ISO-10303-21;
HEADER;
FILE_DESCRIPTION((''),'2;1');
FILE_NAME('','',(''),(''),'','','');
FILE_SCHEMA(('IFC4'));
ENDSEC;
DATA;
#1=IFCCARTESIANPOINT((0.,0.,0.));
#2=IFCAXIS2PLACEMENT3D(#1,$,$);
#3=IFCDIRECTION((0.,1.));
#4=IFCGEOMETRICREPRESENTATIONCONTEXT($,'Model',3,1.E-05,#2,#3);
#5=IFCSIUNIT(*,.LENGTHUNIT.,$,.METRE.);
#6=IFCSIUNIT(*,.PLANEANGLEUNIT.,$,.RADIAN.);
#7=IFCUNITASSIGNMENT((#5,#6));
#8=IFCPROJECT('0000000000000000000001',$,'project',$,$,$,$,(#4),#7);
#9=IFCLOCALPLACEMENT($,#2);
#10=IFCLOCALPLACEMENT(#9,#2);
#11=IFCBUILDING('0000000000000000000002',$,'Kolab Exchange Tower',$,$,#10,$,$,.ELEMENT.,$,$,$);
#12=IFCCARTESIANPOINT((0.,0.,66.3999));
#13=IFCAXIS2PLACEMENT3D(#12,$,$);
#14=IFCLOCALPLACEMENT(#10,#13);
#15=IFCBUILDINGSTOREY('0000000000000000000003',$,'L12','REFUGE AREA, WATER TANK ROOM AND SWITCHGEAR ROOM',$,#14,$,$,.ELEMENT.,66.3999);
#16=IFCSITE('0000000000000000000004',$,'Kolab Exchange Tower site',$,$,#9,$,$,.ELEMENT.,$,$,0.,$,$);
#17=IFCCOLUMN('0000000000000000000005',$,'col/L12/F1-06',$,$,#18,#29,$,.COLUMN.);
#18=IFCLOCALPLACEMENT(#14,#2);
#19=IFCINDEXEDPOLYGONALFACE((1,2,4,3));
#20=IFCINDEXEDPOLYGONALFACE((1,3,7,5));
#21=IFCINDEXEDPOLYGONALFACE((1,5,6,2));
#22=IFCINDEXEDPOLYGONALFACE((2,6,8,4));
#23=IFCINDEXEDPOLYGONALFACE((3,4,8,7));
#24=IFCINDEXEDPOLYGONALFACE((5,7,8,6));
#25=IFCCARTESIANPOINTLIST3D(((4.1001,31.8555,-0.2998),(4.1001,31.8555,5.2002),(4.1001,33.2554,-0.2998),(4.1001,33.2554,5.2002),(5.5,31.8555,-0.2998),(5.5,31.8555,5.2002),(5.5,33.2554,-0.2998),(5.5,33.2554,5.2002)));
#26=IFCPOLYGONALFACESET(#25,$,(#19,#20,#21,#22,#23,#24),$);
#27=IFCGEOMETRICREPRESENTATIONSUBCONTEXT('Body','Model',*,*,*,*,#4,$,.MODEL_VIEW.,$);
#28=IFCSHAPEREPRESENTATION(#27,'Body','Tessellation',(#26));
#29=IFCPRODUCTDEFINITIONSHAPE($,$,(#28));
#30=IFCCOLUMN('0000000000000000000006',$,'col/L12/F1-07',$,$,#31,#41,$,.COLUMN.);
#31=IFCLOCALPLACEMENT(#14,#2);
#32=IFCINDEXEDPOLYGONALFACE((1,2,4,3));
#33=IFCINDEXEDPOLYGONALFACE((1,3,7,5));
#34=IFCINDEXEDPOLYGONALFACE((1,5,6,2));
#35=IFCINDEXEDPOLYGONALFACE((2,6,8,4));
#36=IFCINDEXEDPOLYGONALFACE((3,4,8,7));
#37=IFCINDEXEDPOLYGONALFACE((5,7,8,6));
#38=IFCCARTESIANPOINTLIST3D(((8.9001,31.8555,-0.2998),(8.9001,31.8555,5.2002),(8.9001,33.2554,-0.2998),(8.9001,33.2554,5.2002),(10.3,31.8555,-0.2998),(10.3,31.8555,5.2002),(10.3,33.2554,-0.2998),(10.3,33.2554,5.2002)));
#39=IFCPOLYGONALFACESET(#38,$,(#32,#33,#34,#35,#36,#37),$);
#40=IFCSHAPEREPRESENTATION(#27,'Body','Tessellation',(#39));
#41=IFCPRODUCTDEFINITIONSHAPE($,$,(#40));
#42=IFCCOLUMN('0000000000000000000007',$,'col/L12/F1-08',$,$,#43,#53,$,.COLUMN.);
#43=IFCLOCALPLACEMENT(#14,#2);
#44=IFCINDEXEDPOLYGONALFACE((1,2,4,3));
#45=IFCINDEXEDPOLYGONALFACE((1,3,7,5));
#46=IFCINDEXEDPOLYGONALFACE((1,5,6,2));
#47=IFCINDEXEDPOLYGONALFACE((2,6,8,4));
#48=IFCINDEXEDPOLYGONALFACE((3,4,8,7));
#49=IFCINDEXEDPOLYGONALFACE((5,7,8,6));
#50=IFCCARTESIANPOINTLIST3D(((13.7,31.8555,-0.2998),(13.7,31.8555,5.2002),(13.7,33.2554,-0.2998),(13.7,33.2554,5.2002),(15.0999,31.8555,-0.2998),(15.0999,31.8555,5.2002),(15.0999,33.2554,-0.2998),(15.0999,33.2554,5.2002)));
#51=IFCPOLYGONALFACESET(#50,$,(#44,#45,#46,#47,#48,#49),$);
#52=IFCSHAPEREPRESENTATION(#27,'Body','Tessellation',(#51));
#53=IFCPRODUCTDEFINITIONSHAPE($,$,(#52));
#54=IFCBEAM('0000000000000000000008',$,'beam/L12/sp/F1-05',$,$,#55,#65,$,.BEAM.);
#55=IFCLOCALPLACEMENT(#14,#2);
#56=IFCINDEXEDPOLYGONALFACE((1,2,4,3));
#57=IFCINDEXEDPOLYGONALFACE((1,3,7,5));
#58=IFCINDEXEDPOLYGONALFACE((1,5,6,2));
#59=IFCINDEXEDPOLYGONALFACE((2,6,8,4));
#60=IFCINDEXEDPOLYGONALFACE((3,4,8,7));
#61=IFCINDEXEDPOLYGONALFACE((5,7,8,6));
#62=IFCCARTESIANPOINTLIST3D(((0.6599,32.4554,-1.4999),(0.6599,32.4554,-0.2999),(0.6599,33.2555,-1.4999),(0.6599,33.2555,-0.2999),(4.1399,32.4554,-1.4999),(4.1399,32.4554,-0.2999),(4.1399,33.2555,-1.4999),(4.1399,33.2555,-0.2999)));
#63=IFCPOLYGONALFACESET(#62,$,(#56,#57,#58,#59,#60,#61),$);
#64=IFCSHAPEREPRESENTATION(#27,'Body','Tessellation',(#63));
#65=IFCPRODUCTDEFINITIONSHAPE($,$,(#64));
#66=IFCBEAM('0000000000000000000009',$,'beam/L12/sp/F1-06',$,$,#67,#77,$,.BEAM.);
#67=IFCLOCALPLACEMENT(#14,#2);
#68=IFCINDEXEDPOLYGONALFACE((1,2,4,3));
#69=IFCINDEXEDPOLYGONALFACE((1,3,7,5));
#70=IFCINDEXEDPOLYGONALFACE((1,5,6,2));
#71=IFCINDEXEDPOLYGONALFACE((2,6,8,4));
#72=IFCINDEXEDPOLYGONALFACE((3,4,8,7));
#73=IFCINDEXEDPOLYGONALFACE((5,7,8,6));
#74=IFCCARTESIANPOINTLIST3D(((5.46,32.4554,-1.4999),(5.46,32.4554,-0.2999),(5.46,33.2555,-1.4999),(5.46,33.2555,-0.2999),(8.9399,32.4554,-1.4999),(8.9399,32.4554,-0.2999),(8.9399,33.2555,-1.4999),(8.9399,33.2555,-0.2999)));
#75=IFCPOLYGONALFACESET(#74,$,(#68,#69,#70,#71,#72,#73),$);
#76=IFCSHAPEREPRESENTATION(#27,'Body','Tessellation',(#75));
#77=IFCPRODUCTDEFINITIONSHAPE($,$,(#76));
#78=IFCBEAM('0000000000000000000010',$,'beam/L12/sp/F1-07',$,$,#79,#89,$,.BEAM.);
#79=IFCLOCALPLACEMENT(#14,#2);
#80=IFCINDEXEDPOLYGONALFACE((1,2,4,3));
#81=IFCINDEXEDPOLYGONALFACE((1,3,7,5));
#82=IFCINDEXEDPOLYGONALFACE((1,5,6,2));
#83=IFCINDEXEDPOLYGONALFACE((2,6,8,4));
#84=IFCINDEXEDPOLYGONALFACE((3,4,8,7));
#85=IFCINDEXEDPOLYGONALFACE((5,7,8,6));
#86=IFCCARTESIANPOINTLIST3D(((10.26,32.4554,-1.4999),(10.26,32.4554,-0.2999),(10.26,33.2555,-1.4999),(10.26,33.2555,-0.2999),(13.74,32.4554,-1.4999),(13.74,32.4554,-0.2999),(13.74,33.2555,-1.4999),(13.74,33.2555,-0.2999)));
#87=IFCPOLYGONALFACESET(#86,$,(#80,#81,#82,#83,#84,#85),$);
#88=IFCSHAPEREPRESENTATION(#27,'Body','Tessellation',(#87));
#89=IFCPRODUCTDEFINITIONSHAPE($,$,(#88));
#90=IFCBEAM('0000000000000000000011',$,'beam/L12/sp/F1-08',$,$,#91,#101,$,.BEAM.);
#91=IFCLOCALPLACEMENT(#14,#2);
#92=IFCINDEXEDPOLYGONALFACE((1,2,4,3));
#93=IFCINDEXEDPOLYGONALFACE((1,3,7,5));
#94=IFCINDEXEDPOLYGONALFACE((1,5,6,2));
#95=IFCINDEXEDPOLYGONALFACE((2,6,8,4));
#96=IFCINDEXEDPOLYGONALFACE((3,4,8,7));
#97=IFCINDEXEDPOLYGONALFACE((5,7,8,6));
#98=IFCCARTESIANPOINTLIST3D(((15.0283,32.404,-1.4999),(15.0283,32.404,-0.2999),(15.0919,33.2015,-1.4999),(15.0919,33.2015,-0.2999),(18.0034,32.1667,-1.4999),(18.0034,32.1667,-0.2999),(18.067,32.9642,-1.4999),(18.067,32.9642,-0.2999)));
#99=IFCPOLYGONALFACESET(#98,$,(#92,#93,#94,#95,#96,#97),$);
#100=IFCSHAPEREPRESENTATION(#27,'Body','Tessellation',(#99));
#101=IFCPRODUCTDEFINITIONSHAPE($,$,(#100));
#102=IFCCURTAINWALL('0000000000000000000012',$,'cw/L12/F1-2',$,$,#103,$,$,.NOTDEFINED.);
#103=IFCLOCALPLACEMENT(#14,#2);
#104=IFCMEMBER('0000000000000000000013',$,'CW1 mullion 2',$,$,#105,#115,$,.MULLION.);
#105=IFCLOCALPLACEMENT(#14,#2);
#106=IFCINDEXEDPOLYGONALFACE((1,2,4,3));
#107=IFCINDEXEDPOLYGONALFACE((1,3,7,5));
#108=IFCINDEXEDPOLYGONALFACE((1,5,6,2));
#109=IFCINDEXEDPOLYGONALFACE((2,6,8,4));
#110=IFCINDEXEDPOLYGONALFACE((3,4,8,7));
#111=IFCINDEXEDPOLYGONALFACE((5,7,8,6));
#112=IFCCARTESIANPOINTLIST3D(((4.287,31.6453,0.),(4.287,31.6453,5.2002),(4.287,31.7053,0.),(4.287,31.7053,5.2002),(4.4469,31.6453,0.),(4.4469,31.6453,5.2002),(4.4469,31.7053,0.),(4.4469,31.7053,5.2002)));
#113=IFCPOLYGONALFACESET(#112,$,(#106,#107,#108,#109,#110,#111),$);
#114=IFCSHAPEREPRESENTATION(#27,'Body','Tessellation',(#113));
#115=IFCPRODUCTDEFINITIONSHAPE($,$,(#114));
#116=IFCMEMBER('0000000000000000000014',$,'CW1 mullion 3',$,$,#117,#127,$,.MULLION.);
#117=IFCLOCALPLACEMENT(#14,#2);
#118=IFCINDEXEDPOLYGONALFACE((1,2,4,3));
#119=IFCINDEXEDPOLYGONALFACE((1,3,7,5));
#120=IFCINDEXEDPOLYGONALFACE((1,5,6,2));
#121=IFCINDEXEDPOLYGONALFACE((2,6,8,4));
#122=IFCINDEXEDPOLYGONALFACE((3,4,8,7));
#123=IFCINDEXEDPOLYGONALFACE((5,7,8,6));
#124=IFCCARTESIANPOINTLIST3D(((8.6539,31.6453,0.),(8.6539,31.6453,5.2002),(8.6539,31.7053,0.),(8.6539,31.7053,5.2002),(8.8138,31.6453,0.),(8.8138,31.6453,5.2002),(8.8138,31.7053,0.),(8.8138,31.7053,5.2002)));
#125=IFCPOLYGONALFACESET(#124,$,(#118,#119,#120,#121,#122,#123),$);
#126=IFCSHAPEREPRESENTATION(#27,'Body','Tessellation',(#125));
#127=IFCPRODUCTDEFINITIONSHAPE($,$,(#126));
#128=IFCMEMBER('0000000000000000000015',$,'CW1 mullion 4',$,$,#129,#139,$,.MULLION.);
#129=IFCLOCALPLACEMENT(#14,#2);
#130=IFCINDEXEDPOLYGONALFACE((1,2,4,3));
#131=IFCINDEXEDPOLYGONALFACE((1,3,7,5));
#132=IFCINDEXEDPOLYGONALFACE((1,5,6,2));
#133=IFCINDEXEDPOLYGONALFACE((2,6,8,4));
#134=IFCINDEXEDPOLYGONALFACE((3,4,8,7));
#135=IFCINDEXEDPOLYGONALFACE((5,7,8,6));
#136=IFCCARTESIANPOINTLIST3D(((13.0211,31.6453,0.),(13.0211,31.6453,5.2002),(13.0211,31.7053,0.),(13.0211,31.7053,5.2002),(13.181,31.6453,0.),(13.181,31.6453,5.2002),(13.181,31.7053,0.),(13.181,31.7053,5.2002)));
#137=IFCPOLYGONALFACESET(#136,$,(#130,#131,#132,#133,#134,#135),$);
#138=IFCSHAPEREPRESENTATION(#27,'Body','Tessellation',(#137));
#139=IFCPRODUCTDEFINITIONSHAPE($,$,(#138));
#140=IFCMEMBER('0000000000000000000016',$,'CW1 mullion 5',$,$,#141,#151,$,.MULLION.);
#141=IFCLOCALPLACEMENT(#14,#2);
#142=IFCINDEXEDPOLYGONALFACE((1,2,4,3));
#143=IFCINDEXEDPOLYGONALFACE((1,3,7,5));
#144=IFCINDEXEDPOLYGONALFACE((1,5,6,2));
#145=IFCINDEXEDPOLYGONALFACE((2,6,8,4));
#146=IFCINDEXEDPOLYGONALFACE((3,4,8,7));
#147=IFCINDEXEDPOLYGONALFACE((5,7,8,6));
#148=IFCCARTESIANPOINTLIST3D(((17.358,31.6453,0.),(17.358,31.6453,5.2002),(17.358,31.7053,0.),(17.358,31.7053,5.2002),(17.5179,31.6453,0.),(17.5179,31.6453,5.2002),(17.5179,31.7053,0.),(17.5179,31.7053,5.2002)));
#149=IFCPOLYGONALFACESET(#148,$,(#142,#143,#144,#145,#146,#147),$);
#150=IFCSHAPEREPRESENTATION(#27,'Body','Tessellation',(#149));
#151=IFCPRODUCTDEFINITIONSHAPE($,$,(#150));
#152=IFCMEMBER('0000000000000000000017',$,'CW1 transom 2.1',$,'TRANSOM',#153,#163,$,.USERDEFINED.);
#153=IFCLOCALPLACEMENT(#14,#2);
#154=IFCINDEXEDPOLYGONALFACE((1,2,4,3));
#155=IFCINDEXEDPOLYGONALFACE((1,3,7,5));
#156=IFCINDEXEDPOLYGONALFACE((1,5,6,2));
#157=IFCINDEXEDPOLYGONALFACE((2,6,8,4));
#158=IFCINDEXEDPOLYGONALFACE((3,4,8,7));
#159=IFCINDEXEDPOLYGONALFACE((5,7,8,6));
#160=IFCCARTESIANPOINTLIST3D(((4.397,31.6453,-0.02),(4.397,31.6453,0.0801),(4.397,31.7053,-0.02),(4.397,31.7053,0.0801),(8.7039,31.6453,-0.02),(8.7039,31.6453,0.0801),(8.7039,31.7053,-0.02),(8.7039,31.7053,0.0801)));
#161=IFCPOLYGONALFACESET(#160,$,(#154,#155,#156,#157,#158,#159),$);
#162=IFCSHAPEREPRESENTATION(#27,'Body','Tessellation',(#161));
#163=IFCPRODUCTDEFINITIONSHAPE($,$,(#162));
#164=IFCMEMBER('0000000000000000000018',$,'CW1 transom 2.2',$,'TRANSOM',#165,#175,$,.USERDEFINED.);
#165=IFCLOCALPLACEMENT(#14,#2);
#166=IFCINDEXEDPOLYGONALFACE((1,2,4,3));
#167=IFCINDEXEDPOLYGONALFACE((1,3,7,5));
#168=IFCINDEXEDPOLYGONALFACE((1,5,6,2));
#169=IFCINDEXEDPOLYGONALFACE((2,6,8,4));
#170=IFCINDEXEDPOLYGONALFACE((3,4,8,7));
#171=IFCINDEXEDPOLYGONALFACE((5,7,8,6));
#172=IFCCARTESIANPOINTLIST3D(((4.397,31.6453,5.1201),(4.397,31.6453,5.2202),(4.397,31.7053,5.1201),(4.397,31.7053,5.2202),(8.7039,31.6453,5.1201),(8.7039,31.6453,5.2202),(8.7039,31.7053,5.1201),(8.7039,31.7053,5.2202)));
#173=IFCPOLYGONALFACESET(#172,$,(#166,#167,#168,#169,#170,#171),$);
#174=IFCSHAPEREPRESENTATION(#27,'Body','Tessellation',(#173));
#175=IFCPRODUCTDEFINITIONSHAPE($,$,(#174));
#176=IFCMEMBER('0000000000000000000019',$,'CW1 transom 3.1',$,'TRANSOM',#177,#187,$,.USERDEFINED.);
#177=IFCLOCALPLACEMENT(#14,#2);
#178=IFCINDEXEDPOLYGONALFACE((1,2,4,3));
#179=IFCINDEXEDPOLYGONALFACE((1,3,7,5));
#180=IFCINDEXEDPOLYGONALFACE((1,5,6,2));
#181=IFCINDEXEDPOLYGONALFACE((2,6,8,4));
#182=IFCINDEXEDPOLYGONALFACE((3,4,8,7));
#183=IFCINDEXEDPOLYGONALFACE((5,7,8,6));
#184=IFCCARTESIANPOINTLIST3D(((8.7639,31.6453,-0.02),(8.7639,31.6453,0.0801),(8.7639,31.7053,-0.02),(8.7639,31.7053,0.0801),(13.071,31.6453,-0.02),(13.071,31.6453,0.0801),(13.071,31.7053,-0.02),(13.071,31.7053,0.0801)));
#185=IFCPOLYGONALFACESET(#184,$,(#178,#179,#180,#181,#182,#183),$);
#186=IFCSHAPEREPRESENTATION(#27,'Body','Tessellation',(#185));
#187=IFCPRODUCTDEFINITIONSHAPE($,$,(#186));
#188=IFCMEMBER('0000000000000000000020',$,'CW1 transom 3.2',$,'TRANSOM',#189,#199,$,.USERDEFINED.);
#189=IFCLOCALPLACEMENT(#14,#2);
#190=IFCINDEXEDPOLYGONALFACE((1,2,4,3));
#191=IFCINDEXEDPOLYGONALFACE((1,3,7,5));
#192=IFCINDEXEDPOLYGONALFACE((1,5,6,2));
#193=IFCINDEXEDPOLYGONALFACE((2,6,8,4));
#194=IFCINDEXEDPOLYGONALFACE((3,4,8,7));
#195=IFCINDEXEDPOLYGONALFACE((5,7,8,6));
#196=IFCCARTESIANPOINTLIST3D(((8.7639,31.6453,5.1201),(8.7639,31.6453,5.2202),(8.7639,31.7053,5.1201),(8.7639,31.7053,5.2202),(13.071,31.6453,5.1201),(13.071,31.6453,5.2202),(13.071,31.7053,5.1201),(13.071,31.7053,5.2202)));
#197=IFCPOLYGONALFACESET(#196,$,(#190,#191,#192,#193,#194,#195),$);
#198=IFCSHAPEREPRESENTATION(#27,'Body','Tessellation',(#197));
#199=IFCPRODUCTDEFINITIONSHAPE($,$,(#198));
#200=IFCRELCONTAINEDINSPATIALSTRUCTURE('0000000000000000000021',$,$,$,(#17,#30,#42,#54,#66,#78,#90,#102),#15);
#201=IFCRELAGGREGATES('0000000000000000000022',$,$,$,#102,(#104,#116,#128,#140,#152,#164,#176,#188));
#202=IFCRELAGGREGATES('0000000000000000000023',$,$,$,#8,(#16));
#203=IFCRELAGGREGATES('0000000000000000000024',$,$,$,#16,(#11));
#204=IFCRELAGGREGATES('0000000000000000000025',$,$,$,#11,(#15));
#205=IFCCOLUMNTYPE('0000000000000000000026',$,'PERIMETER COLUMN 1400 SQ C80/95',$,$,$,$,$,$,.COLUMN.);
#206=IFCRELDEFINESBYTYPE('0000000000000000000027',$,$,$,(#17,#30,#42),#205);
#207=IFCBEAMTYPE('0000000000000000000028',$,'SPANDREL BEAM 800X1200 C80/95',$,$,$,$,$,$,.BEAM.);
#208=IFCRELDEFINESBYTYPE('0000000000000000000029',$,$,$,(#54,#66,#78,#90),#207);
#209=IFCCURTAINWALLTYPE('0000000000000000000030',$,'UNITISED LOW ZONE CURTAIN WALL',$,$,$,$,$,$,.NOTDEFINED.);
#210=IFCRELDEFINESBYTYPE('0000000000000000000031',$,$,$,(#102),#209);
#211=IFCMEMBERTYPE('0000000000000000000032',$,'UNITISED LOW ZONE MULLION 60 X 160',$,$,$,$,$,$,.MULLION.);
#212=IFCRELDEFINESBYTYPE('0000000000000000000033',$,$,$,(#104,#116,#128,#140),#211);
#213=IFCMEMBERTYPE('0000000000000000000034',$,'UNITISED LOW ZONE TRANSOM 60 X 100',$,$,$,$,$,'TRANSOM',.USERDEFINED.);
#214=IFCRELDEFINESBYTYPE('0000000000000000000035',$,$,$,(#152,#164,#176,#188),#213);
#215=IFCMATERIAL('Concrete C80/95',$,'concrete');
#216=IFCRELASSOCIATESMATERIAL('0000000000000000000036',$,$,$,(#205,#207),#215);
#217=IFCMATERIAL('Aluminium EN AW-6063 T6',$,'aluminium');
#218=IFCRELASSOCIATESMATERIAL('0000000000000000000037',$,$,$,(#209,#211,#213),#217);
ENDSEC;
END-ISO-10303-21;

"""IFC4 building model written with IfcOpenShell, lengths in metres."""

from ifc_helpers import new_model, si_unit, direction, frame, origin, origin_2d, place, context, subcontext, project, spatial, rectangle, extrude, material, material_profile, profile_set, type_object, element, aggregate, save


model = new_model("IFC4")

# Units and contexts
model_context = context("Model", 3, precision=1e-05, world=origin(), true_north=direction((0.0, 1.0)))
body_context = subcontext(model_context, "Body", "Model", "MODEL_VIEW")
ifc_project = project(units=[si_unit("LENGTHUNIT", "METRE"), si_unit("PLANEANGLEUNIT", "RADIAN")], contexts=[model_context])

# Site, building, storey
site_placement = place(None, origin())
site = spatial("IfcSite", under=ifc_project, at=site_placement, Name="Kolab Exchange Tower site", CompositionType="ELEMENT", RefElevation=0.0)
building_placement = place(site_placement, origin())
building = spatial("IfcBuilding", under=site, at=building_placement, Name="Kolab Exchange Tower", CompositionType="ELEMENT")
storey_placement = place(building_placement, frame((0.0, 0.0, 66.3999)))
storey = spatial("IfcBuildingStorey", under=building, at=storey_placement, Name="L12", Description="REFUGE AREA, WATER TANK ROOM AND SWITCHGEAR ROOM", CompositionType="ELEMENT", Elevation=66.3999)

# Columns
ifc_material_1 = material(Name="Concrete C80/95", Category="concrete")
ifc_material_profile_1 = material_profile(ifc_material_1, rectangle(XDim=1.3999, YDim=1.3999, at=origin_2d()), Name="RC1400")
ifc_profile_set_1 = profile_set([ifc_material_profile_1], Name="Concrete C80/95")
column_type = type_object("IfcColumnType", Name="PERIMETER COLUMN 1400 SQ C80/95", PredefinedType="COLUMN", material=ifc_profile_set_1)
for number, where, z_axis, x_axis, name in (
    (1, (4.8, 32.5554, -0.2998), (0.0, 0.0, 1.0), (1.0, 0.0, 0.0), "col/L12/F1-06"),
    (2, (9.6001, 32.5554, -0.2998), (0.0, 0.0, 1.0), (1.0, 0.0, 0.0), "col/L12/F1-07"),
    (3, (14.3999, 32.5554, -0.2998), (0.0, 0.0, 1.0), (1.0, 0.0, 0.0), "col/L12/F1-08"),
):
    element("IfcColumn", number, at=place(storey_placement, frame(where, z_axis=z_axis, x_axis=x_axis)), inside=storey, type_object=column_type, Name=name, PredefinedType="COLUMN", context=body_context, shape_type="SweptSolid", body=[
        extrude(rectangle(XDim=1.3999, YDim=1.3999, at=origin_2d()), origin(), (0.0, 0.0, 1.0), 5.5),
    ])

# Beams
ifc_material_profile_2 = material_profile(ifc_material_1, rectangle(XDim=0.8, YDim=1.2, at=origin_2d()), Name="RC800X1200")
ifc_profile_set_2 = profile_set([ifc_material_profile_2], Name="Concrete C80/95")
beam_type = type_object("IfcBeamType", Name="SPANDREL BEAM 800X1200 C80/95", PredefinedType="BEAM", material=ifc_profile_set_2)
for number, where, z_axis, x_axis, name in (
    (4, (0.6599, 32.8555, -0.8999), (1.0, 0.0, 0.0), (0.0, 1.0, 0.0), "beam/L12/sp/F1-05"),
    (5, (5.46, 32.8555, -0.8999), (1.0, 0.0, 0.0), (0.0, 1.0, 0.0), "beam/L12/sp/F1-06"),
    (6, (10.26, 32.8555, -0.8999), (1.0, 0.0, 0.0), (0.0, 1.0, 0.0), "beam/L12/sp/F1-07"),
):
    element("IfcBeam", number, at=place(storey_placement, frame(where, z_axis=z_axis, x_axis=x_axis)), inside=storey, type_object=beam_type, Name=name, PredefinedType="BEAM", context=body_context, shape_type="SweptSolid", body=[
        extrude(rectangle(XDim=0.8, YDim=1.2, at=origin_2d()), origin(), (0.0, 0.0, 1.0), 3.48),
    ])
beam_placement = place(storey_placement, frame((15.0601, 32.8027, -0.8999), z_axis=(0.996834, -0.079511, 0.0), x_axis=(0.079511, 0.996834, 0.0)))
element("IfcBeam", 7, at=beam_placement, inside=storey, type_object=beam_type, Name="beam/L12/sp/F1-08", PredefinedType="BEAM", context=body_context, shape_type="SweptSolid", body=[
    extrude(rectangle(XDim=0.8, YDim=1.2, at=origin_2d()), origin(), (0.0, 0.0, 1.0), 2.9846),
])

# Curtain wall, members
ifc_material_2 = material(Name="Aluminium EN AW-6063 T6", Category="aluminium")
curtain_wall_type = type_object("IfcCurtainWallType", Name="UNITISED LOW ZONE CURTAIN WALL", PredefinedType="NOTDEFINED", material=ifc_material_2)
curtain_wall_placement = place(storey_placement, origin())
curtain_wall = element("IfcCurtainWall", 8, at=curtain_wall_placement, inside=storey, type_object=curtain_wall_type, Name="cw/L12/F1-2", PredefinedType="NOTDEFINED")
ifc_material_profile_3 = material_profile(ifc_material_2, rectangle(XDim=0.0601, YDim=0.1599, at=origin_2d()), Name="RECT 60X160")
ifc_profile_set_3 = profile_set([ifc_material_profile_3], Name="Aluminium EN AW-6063 T6")
member_type_1 = type_object("IfcMemberType", Name="UNITISED LOW ZONE MULLION 60 X 160", PredefinedType="MULLION", material=ifc_profile_set_3)
member_1_placement = place(storey_placement, frame((4.3669, 31.6753, 0.0), z_axis=(0.0, 0.0, 1.0), x_axis=(0.0, 1.0, 0.0)))
member_1 = element("IfcMember", 9, at=member_1_placement, type_object=member_type_1, Name="CW1 mullion 2", PredefinedType="MULLION", context=body_context, shape_type="SweptSolid", body=[
    extrude(rectangle(XDim=0.0601, YDim=0.1599, at=origin_2d()), origin(), (0.0, 0.0, 1.0), 5.2002),
])
member_2_placement = place(storey_placement, frame((8.7339, 31.6753, 0.0), z_axis=(0.0, 0.0, 1.0), x_axis=(0.0, 1.0, 0.0)))
member_2 = element("IfcMember", 10, at=member_2_placement, type_object=member_type_1, Name="CW1 mullion 3", PredefinedType="MULLION", context=body_context, shape_type="SweptSolid", body=[
    extrude(rectangle(XDim=0.0601, YDim=0.1599, at=origin_2d()), origin(), (0.0, 0.0, 1.0), 5.2002),
])
member_3_placement = place(storey_placement, frame((13.1011, 31.6753, 0.0), z_axis=(0.0, 0.0, 1.0), x_axis=(0.0, 1.0, 0.0)))
member_3 = element("IfcMember", 11, at=member_3_placement, type_object=member_type_1, Name="CW1 mullion 4", PredefinedType="MULLION", context=body_context, shape_type="SweptSolid", body=[
    extrude(rectangle(XDim=0.0601, YDim=0.1599, at=origin_2d()), origin(), (0.0, 0.0, 1.0), 5.2002),
])
member_4_placement = place(storey_placement, frame((17.438, 31.6753, 0.0), z_axis=(0.0, 0.0, 1.0), x_axis=(0.0, 1.0, 0.0)))
member_4 = element("IfcMember", 12, at=member_4_placement, type_object=member_type_1, Name="CW1 mullion 5", PredefinedType="MULLION", context=body_context, shape_type="SweptSolid", body=[
    extrude(rectangle(XDim=0.0601, YDim=0.1599, at=origin_2d()), origin(), (0.0, 0.0, 1.0), 5.2002),
])
ifc_material_profile_4 = material_profile(ifc_material_2, rectangle(XDim=0.0601, YDim=0.1001, at=origin_2d()), Name="RECT 60X100")
ifc_profile_set_4 = profile_set([ifc_material_profile_4], Name="Aluminium EN AW-6063 T6")
member_type_2 = type_object("IfcMemberType", Name="UNITISED LOW ZONE TRANSOM 60 X 100", ElementType="TRANSOM", PredefinedType="USERDEFINED", material=ifc_profile_set_4)
member_5_placement = place(storey_placement, frame((4.397, 31.6753, 0.03), z_axis=(1.0, 0.0, 0.0), x_axis=(0.0, 1.0, 0.0)))
member_5 = element("IfcMember", 13, at=member_5_placement, type_object=member_type_2, Name="CW1 transom 2.1", ObjectType="TRANSOM", PredefinedType="USERDEFINED", context=body_context, shape_type="SweptSolid", body=[
    extrude(rectangle(XDim=0.0601, YDim=0.1001, at=origin_2d()), origin(), (0.0, 0.0, 1.0), 4.3069),
])
member_6_placement = place(storey_placement, frame((4.397, 31.6753, 5.1702), z_axis=(1.0, 0.0, 0.0), x_axis=(0.0, 1.0, 0.0)))
member_6 = element("IfcMember", 14, at=member_6_placement, type_object=member_type_2, Name="CW1 transom 2.2", ObjectType="TRANSOM", PredefinedType="USERDEFINED", context=body_context, shape_type="SweptSolid", body=[
    extrude(rectangle(XDim=0.0601, YDim=0.1001, at=origin_2d()), origin(), (0.0, 0.0, 1.0), 4.3069),
])
member_7_placement = place(storey_placement, frame((8.7639, 31.6753, 0.03), z_axis=(1.0, 0.0, 0.0), x_axis=(0.0, 1.0, 0.0)))
member_7 = element("IfcMember", 15, at=member_7_placement, type_object=member_type_2, Name="CW1 transom 3.1", ObjectType="TRANSOM", PredefinedType="USERDEFINED", context=body_context, shape_type="SweptSolid", body=[
    extrude(rectangle(XDim=0.0601, YDim=0.1001, at=origin_2d()), origin(), (0.0, 0.0, 1.0), 4.3071),
])
member_8_placement = place(storey_placement, frame((8.7639, 31.6753, 5.1702), z_axis=(1.0, 0.0, 0.0), x_axis=(0.0, 1.0, 0.0)))
member_8 = element("IfcMember", 16, at=member_8_placement, type_object=member_type_2, Name="CW1 transom 3.2", ObjectType="TRANSOM", PredefinedType="USERDEFINED", context=body_context, shape_type="SweptSolid", body=[
    extrude(rectangle(XDim=0.0601, YDim=0.1001, at=origin_2d()), origin(), (0.0, 0.0, 1.0), 4.3071),
])
aggregate(curtain_wall, [member_1, member_2, member_3, member_4, member_5, member_6, member_7, member_8])

save(model, "model.ifc")
